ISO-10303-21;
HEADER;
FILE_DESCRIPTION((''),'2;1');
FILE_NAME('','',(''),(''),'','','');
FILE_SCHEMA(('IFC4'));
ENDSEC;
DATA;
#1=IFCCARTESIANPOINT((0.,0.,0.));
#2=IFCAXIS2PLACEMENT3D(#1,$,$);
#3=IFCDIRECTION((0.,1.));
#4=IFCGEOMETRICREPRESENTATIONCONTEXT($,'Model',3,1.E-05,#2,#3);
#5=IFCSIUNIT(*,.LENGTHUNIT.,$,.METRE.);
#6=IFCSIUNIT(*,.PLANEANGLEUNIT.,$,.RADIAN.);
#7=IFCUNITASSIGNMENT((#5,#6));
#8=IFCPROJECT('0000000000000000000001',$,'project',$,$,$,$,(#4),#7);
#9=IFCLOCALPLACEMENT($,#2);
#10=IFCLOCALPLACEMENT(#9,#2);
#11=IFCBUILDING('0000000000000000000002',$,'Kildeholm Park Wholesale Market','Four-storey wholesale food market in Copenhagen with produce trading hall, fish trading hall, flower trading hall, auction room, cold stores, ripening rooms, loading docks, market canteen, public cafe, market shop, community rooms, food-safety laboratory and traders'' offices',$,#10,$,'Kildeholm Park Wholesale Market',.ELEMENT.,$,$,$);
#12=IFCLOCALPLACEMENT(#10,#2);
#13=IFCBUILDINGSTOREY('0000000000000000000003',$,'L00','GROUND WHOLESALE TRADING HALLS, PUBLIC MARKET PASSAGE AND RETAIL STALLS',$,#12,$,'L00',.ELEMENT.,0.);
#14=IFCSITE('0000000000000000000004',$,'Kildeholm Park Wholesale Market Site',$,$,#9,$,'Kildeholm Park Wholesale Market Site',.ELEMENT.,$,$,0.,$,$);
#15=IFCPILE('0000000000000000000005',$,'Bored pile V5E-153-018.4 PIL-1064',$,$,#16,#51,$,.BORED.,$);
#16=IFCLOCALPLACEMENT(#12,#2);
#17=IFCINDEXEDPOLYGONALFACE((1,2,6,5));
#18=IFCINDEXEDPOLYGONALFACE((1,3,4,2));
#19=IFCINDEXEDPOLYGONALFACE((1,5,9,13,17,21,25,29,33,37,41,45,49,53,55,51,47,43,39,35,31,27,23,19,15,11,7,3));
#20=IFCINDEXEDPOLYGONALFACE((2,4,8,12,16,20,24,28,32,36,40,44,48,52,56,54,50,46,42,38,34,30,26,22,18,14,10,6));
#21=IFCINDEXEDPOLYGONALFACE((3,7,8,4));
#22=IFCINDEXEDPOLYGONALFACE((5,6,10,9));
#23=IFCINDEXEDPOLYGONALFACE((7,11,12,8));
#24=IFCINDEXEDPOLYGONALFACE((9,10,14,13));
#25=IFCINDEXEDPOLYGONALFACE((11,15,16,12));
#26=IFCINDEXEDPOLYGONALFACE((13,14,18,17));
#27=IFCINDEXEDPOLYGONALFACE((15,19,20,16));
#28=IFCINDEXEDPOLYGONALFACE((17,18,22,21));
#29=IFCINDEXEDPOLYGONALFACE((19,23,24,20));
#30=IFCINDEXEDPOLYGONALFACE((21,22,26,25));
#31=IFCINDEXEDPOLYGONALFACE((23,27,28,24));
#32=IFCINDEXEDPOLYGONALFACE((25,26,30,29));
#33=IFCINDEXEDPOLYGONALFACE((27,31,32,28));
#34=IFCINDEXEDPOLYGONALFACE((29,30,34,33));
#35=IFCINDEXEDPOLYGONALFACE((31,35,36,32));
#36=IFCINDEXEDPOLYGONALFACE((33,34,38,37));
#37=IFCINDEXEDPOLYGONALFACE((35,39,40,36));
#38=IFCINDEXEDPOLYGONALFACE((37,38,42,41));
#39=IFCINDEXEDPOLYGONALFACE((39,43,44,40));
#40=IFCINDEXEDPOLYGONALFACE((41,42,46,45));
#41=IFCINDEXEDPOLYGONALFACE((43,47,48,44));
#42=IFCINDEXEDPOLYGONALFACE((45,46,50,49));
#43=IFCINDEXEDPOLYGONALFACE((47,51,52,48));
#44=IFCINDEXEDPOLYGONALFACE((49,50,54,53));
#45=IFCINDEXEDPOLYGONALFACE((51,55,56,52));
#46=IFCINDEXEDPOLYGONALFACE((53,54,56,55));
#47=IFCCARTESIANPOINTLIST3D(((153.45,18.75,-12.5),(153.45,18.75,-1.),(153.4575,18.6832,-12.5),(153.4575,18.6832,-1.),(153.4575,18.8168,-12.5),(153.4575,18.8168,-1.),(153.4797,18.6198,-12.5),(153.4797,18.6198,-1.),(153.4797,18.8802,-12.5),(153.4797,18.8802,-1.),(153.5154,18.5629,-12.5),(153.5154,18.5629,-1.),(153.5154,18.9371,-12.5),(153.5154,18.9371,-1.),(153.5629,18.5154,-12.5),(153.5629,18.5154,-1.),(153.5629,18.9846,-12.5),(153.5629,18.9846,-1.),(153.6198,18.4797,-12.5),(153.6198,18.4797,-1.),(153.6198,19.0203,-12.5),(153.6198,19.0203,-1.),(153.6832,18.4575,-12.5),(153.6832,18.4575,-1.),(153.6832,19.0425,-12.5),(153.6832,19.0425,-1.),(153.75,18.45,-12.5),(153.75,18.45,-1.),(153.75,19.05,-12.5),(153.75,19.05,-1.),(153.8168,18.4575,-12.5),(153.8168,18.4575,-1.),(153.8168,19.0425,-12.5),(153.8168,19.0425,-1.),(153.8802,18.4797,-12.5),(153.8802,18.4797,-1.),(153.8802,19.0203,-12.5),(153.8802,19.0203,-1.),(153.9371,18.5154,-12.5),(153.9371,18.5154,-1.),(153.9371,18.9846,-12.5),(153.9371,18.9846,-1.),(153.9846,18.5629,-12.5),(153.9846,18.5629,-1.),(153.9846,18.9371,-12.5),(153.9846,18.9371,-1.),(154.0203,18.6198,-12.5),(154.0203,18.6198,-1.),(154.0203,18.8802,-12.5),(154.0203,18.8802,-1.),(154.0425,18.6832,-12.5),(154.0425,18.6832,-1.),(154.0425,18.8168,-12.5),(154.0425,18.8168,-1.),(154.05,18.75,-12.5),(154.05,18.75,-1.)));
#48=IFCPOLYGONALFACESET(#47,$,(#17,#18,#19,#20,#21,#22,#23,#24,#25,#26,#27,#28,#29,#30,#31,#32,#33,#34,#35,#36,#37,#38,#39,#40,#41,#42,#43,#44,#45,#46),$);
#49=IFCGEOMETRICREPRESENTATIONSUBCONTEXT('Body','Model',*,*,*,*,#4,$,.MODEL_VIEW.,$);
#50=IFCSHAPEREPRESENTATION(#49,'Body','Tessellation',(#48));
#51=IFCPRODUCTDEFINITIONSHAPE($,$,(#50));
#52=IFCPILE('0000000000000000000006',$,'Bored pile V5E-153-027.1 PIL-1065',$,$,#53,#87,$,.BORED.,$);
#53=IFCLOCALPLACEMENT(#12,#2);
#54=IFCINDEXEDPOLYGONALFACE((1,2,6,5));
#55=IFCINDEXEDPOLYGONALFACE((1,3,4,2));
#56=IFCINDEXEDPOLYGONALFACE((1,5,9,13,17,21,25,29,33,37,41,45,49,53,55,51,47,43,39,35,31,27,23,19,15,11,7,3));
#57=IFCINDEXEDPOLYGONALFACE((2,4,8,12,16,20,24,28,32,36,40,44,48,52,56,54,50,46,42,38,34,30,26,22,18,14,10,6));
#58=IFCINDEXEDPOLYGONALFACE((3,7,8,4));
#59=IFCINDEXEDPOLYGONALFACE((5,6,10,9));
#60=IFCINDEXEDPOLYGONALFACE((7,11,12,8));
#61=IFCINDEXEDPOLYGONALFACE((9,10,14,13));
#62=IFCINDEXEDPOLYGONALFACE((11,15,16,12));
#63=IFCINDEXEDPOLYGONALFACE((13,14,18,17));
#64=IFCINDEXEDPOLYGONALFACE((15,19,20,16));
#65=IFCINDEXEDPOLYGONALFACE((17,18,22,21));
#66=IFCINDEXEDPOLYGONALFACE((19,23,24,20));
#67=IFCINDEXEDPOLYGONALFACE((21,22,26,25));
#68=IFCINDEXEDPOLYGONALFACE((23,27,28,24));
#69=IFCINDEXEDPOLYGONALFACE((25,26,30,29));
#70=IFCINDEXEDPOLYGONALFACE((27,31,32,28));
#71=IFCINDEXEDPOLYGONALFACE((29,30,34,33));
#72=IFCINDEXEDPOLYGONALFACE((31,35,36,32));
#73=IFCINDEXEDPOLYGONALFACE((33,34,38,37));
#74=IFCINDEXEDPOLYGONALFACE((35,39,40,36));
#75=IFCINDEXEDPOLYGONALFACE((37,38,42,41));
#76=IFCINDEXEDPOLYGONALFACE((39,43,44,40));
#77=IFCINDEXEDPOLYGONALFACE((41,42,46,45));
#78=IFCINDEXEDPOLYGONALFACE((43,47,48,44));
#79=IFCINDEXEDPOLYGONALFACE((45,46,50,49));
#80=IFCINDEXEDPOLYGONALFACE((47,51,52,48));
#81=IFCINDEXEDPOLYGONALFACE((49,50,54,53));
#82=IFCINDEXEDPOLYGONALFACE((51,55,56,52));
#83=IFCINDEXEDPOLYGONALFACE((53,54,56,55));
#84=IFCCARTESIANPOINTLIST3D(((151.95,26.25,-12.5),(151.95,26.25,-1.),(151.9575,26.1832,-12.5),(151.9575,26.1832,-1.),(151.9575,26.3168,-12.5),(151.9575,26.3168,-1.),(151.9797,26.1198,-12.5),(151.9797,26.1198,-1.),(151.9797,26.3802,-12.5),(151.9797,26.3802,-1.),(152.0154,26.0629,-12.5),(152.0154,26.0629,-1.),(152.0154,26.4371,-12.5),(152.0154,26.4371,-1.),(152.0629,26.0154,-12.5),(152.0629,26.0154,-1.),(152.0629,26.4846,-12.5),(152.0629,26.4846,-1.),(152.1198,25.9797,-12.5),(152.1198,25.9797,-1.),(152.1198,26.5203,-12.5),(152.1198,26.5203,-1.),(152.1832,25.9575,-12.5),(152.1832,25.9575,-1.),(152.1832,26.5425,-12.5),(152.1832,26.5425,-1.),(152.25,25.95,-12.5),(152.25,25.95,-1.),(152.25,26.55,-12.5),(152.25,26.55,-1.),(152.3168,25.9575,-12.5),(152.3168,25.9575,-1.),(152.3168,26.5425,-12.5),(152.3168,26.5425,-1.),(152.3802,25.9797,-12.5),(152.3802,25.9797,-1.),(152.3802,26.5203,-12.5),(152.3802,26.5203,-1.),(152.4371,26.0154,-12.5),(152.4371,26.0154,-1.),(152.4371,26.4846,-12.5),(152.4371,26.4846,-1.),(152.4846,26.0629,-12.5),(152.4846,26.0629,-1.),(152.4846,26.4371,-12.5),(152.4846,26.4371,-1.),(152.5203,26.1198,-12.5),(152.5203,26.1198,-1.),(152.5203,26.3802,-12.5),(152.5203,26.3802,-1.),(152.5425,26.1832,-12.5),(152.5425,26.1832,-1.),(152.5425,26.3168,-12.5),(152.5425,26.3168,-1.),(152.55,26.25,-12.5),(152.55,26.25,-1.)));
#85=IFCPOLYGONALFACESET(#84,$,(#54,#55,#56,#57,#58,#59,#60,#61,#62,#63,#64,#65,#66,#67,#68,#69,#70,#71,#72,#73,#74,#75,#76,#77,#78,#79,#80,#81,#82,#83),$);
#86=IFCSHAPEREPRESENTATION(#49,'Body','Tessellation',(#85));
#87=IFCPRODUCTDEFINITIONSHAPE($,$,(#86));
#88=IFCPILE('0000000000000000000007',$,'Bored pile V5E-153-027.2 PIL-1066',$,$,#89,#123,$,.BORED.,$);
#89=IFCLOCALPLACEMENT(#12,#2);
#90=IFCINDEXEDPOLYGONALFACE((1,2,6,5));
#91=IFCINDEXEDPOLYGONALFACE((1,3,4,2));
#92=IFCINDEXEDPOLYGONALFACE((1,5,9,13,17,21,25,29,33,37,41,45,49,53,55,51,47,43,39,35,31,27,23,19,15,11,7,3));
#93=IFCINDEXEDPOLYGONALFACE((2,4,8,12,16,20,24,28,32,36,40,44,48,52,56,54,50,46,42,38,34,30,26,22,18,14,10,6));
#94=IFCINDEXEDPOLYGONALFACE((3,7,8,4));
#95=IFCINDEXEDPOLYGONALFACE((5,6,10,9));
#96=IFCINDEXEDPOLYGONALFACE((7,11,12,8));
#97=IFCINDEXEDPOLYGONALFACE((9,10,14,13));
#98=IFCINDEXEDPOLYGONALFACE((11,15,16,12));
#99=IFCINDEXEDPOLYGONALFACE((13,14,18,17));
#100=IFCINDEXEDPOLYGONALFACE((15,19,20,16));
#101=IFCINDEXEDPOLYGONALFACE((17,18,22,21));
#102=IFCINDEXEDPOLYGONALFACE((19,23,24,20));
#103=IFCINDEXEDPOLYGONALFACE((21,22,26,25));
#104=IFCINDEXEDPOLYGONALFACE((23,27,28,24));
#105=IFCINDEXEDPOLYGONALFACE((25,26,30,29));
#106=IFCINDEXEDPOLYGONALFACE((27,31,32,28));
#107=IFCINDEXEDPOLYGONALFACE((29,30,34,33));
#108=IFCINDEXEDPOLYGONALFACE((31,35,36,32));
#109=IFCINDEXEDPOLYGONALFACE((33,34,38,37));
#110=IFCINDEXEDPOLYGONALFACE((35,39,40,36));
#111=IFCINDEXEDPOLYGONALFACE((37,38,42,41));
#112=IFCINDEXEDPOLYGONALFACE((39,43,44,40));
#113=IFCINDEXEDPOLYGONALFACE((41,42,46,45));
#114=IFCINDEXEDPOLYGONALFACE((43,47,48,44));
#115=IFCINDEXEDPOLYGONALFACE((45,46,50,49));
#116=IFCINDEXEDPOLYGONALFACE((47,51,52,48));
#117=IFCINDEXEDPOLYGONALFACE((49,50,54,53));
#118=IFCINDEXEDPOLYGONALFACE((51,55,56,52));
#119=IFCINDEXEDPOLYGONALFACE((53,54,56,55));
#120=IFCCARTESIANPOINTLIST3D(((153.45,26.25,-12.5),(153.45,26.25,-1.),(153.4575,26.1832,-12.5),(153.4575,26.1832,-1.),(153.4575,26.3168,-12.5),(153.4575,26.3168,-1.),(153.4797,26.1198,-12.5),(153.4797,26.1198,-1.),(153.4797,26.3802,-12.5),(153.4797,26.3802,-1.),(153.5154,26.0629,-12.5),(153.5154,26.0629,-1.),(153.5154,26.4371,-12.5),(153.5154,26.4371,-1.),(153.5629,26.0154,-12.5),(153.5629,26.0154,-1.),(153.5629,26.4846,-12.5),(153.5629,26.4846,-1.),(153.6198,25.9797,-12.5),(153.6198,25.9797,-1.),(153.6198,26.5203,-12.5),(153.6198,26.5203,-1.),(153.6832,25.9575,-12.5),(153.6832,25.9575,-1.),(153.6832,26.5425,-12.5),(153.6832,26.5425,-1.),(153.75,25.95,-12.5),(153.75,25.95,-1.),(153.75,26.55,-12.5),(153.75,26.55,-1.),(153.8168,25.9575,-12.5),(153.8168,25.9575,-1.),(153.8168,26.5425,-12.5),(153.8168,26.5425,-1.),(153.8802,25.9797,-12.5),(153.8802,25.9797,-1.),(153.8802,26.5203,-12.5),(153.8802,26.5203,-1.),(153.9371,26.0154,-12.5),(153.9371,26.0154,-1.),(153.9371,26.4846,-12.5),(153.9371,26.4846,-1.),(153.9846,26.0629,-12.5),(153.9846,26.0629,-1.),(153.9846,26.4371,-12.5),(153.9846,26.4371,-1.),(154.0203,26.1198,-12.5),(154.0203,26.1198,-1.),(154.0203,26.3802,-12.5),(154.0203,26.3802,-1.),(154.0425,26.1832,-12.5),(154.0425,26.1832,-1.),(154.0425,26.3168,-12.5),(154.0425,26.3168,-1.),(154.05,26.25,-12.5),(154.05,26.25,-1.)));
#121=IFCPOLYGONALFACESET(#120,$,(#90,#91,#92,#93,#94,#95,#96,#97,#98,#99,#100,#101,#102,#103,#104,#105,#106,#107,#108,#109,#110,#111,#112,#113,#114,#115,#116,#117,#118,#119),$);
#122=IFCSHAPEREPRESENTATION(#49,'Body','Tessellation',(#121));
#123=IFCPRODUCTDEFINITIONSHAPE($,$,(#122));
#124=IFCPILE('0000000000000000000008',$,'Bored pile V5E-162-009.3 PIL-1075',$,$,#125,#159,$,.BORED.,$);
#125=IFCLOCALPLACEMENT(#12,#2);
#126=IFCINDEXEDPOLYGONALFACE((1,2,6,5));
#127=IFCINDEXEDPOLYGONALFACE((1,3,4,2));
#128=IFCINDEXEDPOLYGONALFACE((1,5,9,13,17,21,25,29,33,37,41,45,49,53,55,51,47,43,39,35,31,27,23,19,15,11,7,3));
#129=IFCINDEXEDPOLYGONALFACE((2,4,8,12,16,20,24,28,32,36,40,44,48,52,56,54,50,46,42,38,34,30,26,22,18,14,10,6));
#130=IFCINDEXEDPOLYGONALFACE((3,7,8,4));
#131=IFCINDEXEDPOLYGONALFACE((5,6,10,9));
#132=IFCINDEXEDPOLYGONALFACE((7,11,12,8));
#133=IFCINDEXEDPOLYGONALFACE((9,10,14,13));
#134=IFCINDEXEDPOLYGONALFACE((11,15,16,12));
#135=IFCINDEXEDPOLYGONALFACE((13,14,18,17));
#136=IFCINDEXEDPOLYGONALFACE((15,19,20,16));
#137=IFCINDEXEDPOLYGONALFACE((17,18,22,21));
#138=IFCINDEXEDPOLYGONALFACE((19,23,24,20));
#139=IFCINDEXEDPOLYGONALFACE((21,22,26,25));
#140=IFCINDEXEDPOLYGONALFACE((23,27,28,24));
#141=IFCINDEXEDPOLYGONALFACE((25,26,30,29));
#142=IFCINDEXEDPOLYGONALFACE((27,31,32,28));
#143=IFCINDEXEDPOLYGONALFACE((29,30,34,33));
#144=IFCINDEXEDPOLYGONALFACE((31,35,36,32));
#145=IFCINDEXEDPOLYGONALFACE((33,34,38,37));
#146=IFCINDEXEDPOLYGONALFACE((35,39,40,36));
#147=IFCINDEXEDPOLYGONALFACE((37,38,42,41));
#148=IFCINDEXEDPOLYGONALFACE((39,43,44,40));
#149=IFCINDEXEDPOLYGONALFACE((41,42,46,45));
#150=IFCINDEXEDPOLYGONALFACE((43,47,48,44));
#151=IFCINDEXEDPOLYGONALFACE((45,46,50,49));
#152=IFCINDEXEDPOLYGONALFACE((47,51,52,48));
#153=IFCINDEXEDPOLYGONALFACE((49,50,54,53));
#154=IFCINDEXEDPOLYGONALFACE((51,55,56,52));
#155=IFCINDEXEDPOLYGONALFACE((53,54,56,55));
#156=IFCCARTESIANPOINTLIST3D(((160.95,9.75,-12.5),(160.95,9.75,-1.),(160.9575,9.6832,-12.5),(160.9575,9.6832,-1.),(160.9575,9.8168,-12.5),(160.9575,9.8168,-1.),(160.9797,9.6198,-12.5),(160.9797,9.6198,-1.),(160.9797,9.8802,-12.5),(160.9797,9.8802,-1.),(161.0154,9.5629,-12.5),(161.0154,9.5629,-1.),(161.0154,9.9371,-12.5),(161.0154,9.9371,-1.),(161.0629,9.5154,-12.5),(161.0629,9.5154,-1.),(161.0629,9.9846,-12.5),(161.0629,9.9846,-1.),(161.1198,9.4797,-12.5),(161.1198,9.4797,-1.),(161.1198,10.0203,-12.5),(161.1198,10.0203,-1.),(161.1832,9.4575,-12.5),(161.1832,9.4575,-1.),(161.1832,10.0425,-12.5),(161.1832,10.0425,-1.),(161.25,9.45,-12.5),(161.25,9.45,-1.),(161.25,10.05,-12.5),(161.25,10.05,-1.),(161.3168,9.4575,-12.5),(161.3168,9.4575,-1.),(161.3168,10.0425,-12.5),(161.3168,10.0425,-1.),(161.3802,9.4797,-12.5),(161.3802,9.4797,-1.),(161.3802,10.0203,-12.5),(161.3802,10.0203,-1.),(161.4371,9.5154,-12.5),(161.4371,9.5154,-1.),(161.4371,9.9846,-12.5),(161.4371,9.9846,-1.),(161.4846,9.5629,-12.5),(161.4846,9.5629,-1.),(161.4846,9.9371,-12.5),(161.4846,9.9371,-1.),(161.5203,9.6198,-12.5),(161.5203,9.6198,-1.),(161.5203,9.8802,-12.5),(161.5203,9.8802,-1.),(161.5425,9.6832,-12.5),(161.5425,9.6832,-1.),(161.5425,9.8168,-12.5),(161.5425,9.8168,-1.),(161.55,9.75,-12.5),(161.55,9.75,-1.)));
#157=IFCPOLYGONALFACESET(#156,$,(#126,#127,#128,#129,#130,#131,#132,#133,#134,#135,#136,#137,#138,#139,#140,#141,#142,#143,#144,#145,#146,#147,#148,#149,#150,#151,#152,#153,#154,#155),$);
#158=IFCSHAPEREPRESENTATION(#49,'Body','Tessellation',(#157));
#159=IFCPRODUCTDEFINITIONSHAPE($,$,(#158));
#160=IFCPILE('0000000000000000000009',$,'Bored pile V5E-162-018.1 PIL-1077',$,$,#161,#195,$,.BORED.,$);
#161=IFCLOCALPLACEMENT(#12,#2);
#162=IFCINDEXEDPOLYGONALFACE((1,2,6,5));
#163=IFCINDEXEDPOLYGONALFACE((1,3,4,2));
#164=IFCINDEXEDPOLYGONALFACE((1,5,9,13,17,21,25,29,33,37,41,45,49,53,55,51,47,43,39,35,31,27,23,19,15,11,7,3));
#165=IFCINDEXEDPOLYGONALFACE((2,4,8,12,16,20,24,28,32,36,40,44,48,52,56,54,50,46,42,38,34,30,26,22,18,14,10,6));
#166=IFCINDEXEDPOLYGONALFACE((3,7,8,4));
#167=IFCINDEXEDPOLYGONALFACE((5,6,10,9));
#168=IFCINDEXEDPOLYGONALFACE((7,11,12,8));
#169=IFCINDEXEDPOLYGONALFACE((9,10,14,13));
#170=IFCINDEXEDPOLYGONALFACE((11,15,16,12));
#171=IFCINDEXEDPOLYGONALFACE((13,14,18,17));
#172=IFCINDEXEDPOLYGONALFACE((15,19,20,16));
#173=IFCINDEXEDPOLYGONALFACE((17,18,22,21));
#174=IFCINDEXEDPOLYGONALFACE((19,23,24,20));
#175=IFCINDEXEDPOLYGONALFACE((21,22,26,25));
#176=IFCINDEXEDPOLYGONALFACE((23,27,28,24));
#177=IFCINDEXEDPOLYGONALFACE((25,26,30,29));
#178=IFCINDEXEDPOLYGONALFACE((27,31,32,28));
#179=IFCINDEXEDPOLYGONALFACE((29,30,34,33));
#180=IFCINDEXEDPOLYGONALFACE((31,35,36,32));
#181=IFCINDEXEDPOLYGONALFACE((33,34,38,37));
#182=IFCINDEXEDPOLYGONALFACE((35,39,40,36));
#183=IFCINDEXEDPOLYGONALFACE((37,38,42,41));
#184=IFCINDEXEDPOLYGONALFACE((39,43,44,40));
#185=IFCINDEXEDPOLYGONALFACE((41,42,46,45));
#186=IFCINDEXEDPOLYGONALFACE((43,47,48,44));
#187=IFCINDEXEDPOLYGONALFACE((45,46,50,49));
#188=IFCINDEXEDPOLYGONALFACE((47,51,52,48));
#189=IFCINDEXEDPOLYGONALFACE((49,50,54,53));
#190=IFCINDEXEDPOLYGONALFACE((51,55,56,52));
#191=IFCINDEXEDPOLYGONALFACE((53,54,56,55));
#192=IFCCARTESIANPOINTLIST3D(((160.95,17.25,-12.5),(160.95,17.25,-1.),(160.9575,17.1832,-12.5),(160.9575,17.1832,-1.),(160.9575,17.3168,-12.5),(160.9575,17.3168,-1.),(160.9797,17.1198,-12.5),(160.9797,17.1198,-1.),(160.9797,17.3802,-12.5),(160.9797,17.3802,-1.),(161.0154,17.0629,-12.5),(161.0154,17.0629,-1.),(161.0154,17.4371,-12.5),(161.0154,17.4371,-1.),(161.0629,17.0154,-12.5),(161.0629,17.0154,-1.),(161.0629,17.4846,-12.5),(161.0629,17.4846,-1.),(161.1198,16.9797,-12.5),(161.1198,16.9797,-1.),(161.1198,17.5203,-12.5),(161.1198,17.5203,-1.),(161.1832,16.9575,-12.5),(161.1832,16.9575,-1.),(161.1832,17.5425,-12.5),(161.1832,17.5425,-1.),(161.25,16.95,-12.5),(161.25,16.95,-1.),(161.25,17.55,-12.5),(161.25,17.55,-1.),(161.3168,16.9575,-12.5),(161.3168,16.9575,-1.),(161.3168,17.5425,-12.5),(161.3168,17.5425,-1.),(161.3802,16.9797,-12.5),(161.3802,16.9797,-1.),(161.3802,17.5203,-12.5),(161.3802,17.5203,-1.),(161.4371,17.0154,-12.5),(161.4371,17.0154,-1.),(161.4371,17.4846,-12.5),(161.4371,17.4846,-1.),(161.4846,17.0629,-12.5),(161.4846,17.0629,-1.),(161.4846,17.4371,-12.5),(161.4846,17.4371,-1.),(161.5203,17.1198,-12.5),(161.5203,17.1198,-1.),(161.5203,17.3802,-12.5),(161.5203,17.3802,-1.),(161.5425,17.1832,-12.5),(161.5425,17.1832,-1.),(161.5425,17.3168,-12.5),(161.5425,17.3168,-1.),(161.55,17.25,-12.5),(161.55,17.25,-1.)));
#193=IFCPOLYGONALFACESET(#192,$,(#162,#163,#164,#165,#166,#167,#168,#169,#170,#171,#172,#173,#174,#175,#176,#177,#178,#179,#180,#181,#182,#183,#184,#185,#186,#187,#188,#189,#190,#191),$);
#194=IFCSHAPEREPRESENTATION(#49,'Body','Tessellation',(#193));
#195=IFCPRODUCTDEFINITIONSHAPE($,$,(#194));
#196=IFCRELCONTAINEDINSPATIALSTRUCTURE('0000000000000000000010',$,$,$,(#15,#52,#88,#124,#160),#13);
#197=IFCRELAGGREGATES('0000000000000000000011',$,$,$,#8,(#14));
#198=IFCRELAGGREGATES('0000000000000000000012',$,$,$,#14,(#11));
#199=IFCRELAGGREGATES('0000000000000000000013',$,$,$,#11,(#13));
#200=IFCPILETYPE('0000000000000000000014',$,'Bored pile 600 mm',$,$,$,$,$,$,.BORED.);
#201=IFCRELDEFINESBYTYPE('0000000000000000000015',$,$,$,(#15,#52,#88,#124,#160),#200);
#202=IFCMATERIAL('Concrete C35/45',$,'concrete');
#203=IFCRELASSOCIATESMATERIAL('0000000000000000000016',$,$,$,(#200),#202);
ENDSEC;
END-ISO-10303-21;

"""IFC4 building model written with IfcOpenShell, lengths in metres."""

from ifc_helpers import new_model, si_unit, direction, frame, origin, origin_2d, place, context, subcontext, project, spatial, circle, extrude, material, material_profile, profile_set, type_object, element, save


model = new_model("IFC4")

# Units and contexts
model_context = context("Model", 3, precision=1e-05, world=origin(), true_north=direction((0.0, 1.0)))
body_context = subcontext(model_context, "Body", "Model", "MODEL_VIEW")
ifc_project = project(units=[si_unit("LENGTHUNIT", "METRE"), si_unit("PLANEANGLEUNIT", "RADIAN")], contexts=[model_context])

# Site, building, storey
site_placement = place(None, origin())
site = spatial("IfcSite", under=ifc_project, at=site_placement, Name="Kildeholm Park Wholesale Market Site", LongName="Kildeholm Park Wholesale Market Site", CompositionType="ELEMENT", RefElevation=0.0)
building_placement = place(site_placement, origin())
building = spatial("IfcBuilding", under=site, at=building_placement, Name="Kildeholm Park Wholesale Market", Description="Four-storey wholesale food market in Copenhagen with produce trading hall, fish trading hall, flower trading hall, auction room, cold stores, ripening rooms, loading docks, market canteen, public cafe, market shop, community rooms, food-safety laboratory and traders' offices", LongName="Kildeholm Park Wholesale Market", CompositionType="ELEMENT")
storey_placement = place(building_placement, origin())
storey = spatial("IfcBuildingStorey", under=building, at=storey_placement, Name="L00", Description="GROUND WHOLESALE TRADING HALLS, PUBLIC MARKET PASSAGE AND RETAIL STALLS", LongName="L00", CompositionType="ELEMENT", Elevation=0.0)

# Piles
ifc_material_1 = material(Name="Concrete C35/45", Category="concrete")
ifc_material_profile_1 = material_profile(ifc_material_1, circle(Radius=0.3, at=origin_2d()), Name="PILE D600")
ifc_profile_set_1 = profile_set([ifc_material_profile_1], Name="Concrete C35/45")
pile_type = type_object("IfcPileType", Name="Bored pile 600 mm", PredefinedType="BORED", material=ifc_profile_set_1)
for number, where, z_axis, x_axis, name in (
    (1, (153.75, 18.75, -1.0), (0.0, 0.0, -1.0), (1.0, 0.0, 0.0), "Bored pile V5E-153-018.4 PIL-1064"),
    (2, (152.25, 26.25, -1.0), (0.0, 0.0, -1.0), (1.0, 0.0, 0.0), "Bored pile V5E-153-027.1 PIL-1065"),
    (3, (153.75, 26.25, -1.0), (0.0, 0.0, -1.0), (1.0, 0.0, 0.0), "Bored pile V5E-153-027.2 PIL-1066"),
    (4, (161.25, 9.75, -1.0), (0.0, 0.0, -1.0), (1.0, 0.0, 0.0), "Bored pile V5E-162-009.3 PIL-1075"),
    (5, (161.25, 17.25, -1.0), (0.0, 0.0, -1.0), (1.0, 0.0, 0.0), "Bored pile V5E-162-018.1 PIL-1077"),
):
    element("IfcPile", number, at=place(storey_placement, frame(where, z_axis=z_axis, x_axis=x_axis)), inside=storey, type_object=pile_type, Name=name, PredefinedType="BORED", context=body_context, shape_type="SweptSolid", body=[
        extrude(circle(Radius=0.3, at=origin_2d()), origin(), (0.0, 0.0, 1.0), 11.5),
    ])

save(model, "model.ifc")
